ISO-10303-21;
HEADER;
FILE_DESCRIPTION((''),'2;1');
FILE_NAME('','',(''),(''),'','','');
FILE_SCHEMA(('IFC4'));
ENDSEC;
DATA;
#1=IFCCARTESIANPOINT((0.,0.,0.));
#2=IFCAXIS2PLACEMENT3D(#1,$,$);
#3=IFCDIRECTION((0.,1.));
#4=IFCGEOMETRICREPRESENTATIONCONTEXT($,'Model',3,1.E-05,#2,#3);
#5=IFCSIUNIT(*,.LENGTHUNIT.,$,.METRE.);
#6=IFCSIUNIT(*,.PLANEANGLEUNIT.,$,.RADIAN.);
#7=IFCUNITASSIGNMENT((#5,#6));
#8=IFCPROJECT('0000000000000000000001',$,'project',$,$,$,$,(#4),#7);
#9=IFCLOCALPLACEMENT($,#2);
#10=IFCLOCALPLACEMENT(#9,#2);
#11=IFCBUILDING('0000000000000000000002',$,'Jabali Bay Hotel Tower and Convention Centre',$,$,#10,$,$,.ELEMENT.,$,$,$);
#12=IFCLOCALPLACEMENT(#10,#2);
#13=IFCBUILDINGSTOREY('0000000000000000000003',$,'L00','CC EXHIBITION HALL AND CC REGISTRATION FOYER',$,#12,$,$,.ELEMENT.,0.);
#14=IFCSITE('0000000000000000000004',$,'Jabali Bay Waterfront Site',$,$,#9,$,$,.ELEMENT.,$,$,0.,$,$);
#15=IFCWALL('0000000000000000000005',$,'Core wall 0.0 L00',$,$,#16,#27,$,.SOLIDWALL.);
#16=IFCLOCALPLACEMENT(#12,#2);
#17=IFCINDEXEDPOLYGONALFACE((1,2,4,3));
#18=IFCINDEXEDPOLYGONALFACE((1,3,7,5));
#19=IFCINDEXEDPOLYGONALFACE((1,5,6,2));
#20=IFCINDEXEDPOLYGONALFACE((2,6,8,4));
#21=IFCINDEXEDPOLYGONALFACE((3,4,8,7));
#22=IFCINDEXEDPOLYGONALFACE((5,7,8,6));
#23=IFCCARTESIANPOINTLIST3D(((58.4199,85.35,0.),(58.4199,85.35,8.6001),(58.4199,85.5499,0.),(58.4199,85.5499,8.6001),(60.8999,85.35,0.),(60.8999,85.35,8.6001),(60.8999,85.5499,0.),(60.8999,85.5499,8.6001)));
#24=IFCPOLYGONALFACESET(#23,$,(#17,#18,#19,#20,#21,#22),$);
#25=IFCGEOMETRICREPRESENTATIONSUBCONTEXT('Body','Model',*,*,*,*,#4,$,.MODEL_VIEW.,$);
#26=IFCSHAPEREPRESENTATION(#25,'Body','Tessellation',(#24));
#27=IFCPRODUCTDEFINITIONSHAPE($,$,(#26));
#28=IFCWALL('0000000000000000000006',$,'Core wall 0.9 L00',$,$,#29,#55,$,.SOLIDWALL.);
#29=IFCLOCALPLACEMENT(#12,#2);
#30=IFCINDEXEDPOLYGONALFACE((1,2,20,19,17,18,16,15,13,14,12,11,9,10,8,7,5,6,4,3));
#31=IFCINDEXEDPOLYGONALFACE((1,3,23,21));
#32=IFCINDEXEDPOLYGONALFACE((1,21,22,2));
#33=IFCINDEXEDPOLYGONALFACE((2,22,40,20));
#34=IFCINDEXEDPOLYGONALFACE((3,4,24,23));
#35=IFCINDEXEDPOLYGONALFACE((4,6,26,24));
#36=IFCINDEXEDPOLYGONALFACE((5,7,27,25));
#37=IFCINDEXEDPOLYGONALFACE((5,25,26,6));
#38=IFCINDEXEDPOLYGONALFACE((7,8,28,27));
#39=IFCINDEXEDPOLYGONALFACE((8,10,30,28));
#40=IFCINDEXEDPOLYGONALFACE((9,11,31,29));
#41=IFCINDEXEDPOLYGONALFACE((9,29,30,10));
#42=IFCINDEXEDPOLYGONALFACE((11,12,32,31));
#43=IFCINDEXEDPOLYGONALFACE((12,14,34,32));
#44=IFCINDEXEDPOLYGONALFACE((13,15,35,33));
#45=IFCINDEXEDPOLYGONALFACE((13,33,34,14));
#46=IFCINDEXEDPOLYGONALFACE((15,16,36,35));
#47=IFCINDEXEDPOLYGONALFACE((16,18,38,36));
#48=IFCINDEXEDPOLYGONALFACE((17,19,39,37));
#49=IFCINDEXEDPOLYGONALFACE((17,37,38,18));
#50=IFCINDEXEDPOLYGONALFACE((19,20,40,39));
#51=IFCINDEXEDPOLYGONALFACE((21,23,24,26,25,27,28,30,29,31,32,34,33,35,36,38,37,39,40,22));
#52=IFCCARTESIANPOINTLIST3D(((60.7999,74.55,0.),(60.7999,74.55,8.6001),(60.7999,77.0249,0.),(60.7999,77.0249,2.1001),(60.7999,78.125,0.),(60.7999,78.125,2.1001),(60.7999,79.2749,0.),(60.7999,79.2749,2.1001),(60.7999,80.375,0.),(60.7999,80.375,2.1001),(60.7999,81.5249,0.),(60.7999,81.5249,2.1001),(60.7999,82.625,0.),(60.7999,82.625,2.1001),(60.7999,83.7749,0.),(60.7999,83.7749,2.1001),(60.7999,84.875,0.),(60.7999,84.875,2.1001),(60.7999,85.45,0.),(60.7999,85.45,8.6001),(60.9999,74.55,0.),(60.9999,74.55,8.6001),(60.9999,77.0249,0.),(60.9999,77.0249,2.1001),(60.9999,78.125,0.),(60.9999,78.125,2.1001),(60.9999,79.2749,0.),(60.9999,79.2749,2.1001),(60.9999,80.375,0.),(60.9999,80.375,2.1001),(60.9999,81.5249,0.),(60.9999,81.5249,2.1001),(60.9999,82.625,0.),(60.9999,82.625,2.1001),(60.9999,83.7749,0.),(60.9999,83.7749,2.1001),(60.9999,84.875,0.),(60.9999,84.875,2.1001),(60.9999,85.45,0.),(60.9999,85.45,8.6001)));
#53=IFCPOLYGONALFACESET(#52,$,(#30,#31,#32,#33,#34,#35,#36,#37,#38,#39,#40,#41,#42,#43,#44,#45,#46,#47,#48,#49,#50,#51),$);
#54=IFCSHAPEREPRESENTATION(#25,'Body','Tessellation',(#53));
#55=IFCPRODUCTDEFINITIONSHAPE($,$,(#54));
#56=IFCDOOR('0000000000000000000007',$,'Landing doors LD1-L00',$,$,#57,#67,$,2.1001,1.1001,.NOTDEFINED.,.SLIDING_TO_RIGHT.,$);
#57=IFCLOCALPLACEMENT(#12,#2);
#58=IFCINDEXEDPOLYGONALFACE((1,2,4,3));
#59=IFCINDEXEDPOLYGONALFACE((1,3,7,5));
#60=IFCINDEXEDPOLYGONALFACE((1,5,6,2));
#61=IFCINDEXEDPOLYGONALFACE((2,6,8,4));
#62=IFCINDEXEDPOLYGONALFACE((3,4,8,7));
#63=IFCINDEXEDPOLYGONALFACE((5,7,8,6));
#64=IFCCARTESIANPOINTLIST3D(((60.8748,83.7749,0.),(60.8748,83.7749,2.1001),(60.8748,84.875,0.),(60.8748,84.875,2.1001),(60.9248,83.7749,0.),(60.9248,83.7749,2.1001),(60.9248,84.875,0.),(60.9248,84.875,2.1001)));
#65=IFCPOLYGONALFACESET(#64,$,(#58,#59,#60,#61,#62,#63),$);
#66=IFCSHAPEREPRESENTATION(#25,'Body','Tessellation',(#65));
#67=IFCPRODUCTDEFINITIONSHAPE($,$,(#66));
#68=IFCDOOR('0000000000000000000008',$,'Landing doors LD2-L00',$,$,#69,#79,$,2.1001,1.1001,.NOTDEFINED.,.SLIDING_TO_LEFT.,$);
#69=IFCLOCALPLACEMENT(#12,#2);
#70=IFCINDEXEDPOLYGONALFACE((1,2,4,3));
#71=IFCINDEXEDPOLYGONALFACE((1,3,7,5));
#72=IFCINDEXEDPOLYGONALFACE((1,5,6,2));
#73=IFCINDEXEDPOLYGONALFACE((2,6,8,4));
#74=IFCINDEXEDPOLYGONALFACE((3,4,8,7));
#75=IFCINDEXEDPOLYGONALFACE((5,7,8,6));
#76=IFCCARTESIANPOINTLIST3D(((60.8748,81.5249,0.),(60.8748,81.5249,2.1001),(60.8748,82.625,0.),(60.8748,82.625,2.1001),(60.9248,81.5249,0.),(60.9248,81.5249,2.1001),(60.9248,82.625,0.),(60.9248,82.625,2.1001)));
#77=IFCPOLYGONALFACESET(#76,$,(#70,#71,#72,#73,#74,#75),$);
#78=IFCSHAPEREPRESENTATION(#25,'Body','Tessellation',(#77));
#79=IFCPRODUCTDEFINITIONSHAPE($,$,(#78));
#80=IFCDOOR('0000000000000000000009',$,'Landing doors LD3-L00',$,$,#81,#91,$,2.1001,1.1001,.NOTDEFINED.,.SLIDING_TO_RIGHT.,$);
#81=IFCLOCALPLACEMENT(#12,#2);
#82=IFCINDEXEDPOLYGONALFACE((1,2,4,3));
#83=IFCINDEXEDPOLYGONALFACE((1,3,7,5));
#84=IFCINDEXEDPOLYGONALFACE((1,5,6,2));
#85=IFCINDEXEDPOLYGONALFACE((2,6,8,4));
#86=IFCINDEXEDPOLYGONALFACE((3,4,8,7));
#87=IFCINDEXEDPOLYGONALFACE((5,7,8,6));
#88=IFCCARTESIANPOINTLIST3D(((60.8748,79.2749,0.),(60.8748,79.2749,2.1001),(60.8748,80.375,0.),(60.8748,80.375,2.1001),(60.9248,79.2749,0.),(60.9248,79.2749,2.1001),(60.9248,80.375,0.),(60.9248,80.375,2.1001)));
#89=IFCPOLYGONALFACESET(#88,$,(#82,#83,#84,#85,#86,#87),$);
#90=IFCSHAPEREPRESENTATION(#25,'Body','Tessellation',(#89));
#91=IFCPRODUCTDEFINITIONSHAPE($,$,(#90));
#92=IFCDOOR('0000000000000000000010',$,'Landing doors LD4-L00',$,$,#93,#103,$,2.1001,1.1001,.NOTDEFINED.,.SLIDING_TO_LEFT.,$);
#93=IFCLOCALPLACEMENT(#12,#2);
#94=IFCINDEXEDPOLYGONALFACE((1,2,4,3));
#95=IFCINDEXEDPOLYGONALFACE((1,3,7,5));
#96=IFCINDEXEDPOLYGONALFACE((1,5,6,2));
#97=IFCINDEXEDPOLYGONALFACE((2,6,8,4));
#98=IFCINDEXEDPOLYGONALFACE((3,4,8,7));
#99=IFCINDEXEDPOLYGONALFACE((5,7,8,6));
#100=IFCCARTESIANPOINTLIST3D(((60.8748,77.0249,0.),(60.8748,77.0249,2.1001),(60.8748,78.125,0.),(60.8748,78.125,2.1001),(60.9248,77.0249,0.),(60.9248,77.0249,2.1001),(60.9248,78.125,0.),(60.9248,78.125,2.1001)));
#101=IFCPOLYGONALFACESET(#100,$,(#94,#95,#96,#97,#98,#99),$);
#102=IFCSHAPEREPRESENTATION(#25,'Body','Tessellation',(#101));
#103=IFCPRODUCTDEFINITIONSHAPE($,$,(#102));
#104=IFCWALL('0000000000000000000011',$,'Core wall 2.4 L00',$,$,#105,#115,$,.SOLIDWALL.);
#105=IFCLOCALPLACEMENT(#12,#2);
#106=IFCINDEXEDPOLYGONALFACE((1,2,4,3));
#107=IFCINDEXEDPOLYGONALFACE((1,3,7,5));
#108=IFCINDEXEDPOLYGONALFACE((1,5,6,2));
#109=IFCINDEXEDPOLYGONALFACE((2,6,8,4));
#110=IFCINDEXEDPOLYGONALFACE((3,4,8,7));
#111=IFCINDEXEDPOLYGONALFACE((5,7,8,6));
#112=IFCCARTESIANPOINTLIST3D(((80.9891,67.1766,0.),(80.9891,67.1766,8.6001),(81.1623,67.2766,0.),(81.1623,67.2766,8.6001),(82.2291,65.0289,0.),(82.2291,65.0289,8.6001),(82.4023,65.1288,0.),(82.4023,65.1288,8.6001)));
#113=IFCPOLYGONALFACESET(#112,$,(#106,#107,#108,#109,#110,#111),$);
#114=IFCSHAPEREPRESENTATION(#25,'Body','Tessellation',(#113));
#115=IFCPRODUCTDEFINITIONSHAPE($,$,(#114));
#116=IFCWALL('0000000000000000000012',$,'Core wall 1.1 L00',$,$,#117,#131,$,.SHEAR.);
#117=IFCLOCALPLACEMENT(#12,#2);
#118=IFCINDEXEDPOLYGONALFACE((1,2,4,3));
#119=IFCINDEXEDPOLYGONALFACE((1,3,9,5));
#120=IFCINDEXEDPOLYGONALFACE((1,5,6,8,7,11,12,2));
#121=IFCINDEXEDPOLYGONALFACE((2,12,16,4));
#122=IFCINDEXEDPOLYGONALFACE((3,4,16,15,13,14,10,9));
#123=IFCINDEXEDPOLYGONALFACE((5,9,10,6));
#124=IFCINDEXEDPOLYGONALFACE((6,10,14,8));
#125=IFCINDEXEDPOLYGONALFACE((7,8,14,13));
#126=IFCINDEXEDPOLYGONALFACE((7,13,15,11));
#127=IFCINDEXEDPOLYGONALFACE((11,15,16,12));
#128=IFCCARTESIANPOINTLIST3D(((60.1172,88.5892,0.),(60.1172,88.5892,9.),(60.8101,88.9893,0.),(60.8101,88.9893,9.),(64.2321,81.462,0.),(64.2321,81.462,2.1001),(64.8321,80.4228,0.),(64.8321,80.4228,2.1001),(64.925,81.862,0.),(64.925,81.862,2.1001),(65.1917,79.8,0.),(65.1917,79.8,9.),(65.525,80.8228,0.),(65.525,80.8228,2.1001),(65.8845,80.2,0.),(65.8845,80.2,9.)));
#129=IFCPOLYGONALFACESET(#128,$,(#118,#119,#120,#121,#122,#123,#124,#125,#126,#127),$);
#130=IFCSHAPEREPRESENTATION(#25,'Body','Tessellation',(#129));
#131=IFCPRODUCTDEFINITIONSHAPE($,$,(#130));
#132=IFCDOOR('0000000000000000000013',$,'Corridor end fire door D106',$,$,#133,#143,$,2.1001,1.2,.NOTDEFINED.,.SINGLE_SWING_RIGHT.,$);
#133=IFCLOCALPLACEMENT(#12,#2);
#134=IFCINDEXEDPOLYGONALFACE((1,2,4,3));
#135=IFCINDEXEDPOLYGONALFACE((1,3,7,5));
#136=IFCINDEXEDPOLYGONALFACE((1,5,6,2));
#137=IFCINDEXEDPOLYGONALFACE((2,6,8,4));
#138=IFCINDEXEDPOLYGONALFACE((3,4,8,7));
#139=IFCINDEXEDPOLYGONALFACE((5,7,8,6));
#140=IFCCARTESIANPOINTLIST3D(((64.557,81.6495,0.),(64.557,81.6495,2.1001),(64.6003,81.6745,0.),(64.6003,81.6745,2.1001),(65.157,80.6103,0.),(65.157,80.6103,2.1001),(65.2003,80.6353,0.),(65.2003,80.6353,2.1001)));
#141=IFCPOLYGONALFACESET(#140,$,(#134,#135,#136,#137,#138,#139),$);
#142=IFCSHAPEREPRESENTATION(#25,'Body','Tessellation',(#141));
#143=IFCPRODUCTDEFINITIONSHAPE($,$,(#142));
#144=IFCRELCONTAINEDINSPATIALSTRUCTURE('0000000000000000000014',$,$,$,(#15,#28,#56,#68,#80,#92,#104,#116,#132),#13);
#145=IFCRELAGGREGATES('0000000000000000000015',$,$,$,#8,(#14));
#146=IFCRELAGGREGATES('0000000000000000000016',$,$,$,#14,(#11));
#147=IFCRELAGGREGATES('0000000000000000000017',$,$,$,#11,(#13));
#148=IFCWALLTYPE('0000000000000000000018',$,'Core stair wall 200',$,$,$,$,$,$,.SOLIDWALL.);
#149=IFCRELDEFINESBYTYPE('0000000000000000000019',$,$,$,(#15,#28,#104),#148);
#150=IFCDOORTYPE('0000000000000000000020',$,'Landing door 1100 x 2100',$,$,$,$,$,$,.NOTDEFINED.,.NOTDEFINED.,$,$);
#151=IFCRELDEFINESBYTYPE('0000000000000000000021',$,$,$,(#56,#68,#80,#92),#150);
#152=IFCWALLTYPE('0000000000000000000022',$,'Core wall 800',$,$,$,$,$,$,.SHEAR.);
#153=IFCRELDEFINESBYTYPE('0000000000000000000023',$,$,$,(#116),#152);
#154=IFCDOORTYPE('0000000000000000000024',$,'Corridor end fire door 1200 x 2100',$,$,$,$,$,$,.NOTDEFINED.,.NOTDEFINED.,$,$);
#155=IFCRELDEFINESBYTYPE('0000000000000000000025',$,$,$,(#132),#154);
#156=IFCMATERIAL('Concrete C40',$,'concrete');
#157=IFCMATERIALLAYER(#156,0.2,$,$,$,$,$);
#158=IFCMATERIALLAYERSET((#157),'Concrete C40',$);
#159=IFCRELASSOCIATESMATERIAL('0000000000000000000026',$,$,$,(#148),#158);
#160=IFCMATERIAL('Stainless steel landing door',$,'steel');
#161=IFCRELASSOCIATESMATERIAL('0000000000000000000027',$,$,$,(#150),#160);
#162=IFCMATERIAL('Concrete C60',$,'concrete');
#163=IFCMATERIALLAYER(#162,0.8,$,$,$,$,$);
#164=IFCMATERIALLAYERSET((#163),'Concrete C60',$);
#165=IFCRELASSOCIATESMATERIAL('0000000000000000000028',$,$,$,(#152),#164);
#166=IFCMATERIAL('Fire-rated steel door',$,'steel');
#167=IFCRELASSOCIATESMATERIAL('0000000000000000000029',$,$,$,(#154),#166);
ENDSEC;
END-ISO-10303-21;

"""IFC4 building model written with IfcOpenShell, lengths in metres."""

from ifc_helpers import new_model, si_unit, direction, frame, frame_2d, origin, place, context, subcontext, project, spatial, rectangle, extrude, material, layer, layer_set, type_object, element, fill, save


model = new_model("IFC4")

# Units and contexts
model_context = context("Model", 3, precision=1e-05, world=origin(), true_north=direction((0.0, 1.0)))
body_context = subcontext(model_context, "Body", "Model", "MODEL_VIEW")
ifc_project = project(units=[si_unit("LENGTHUNIT", "METRE"), si_unit("PLANEANGLEUNIT", "RADIAN")], contexts=[model_context])

# Site, building, storey
site_placement = place(None, origin())
site = spatial("IfcSite", under=ifc_project, at=site_placement, Name="Jabali Bay Waterfront Site", CompositionType="ELEMENT", RefElevation=0.0)
building_placement = place(site_placement, origin())
building = spatial("IfcBuilding", under=site, at=building_placement, Name="Jabali Bay Hotel Tower and Convention Centre", CompositionType="ELEMENT")
storey_placement = place(building_placement, origin())
storey = spatial("IfcBuildingStorey", under=building, at=storey_placement, Name="L00", Description="CC EXHIBITION HALL AND CC REGISTRATION FOYER", CompositionType="ELEMENT", Elevation=0.0)

# Wall
ifc_material_1 = material(Name="Concrete C40", Category="concrete")
ifc_layer_1 = layer(ifc_material_1, 0.2)
ifc_layer_set_1 = layer_set([ifc_layer_1], Name="Concrete C40")
wall_type_1 = type_object("IfcWallType", Name="Core stair wall 200", PredefinedType="SOLIDWALL", material=ifc_layer_set_1)
wall_1_placement = place(storey_placement, frame((60.8999, 85.45, 0.0), z_axis=(0.0, 0.0, 1.0), x_axis=(-1.0, 0.0, 0.0)))
element("IfcWall", 1, at=wall_1_placement, inside=storey, type_object=wall_type_1, Name="Core wall 0.0 L00", PredefinedType="SOLIDWALL", context=body_context, shape_type="SweptSolid", body=[
    extrude(rectangle(XDim=2.48, YDim=0.2, at=frame_2d((1.24, 0.0))), origin(), (0.0, 0.0, 1.0), 8.6001),
])

# Wall, openings, doors
wall_2_placement = place(storey_placement, frame((60.8999, 85.45, 0.0), z_axis=(0.0, 0.0, 1.0), x_axis=(0.0, -1.0, 0.0)))
wall_2 = element("IfcWall", 2, at=wall_2_placement, inside=storey, type_object=wall_type_1, Name="Core wall 0.9 L00", PredefinedType="SOLIDWALL", context=body_context, shape_type="SweptSolid", body=[
    extrude(rectangle(XDim=10.8999, YDim=0.2, at=frame_2d((5.45, 0.0))), origin(), (0.0, 0.0, 1.0), 8.6001),
])
opening_1_placement = place(wall_2_placement, frame((0.575, 0.0, 0.0)))
opening_1 = element("IfcOpeningElement", 3, at=opening_1_placement, cuts=wall_2, PredefinedType="OPENING", context=body_context, shape_type="SweptSolid", body=[
    extrude(rectangle(XDim=1.1001, YDim=2.1001, at=frame_2d((0.55, 1.05))), frame((0.0, 0.1104, 0.0), z_axis=(0.0, -1.0, 0.0), x_axis=(1.0, 0.0, 0.0)), (0.0, 0.0, 1.0), 0.2209),
])
opening_2_placement = place(wall_2_placement, frame((2.825, 0.0, 0.0)))
opening_2 = element("IfcOpeningElement", 4, at=opening_2_placement, cuts=wall_2, PredefinedType="OPENING", context=body_context, shape_type="SweptSolid", body=[
    extrude(rectangle(XDim=1.1001, YDim=2.1001, at=frame_2d((0.55, 1.05))), frame((0.0, 0.1104, 0.0), z_axis=(0.0, -1.0, 0.0), x_axis=(1.0, 0.0, 0.0)), (0.0, 0.0, 1.0), 0.2209),
])
opening_3_placement = place(wall_2_placement, frame((5.075, 0.0, 0.0)))
opening_3 = element("IfcOpeningElement", 5, at=opening_3_placement, cuts=wall_2, PredefinedType="OPENING", context=body_context, shape_type="SweptSolid", body=[
    extrude(rectangle(XDim=1.1001, YDim=2.1001, at=frame_2d((0.55, 1.05))), frame((0.0, 0.1104, 0.0), z_axis=(0.0, -1.0, 0.0), x_axis=(1.0, 0.0, 0.0)), (0.0, 0.0, 1.0), 0.2209),
])
opening_4_placement = place(wall_2_placement, frame((7.325, 0.0, 0.0)))
opening_4 = element("IfcOpeningElement", 6, at=opening_4_placement, cuts=wall_2, PredefinedType="OPENING", context=body_context, shape_type="SweptSolid", body=[
    extrude(rectangle(XDim=1.1001, YDim=2.1001, at=frame_2d((0.55, 1.05))), frame((0.0, 0.1104, 0.0), z_axis=(0.0, -1.0, 0.0), x_axis=(1.0, 0.0, 0.0)), (0.0, 0.0, 1.0), 0.2209),
])
ifc_material_2 = material(Name="Stainless steel landing door", Category="steel")
door_type_1 = type_object("IfcDoorType", Name="Landing door 1100 x 2100", OperationType="NOTDEFINED", PredefinedType="NOTDEFINED", material=ifc_material_2)
door_1_placement = place(opening_1_placement, origin())
door_1 = element("IfcDoor", 7, at=door_1_placement, inside=storey, type_object=door_type_1, Name="Landing doors LD1-L00", OperationType="SLIDING_TO_RIGHT", OverallHeight=2.1001, OverallWidth=1.1001, PredefinedType="NOTDEFINED", context=body_context, shape_type="SweptSolid", body=[
    extrude(rectangle(XDim=1.1001, YDim=2.1001, at=frame_2d((0.55, 1.05))), frame((0.0, 0.0249, 0.0), z_axis=(0.0, -1.0, 0.0), x_axis=(1.0, 0.0, 0.0)), (0.0, 0.0, 1.0), 0.05),
])
fill(opening_1, door_1)
door_2_placement = place(opening_2_placement, origin())
door_2 = element("IfcDoor", 8, at=door_2_placement, inside=storey, type_object=door_type_1, Name="Landing doors LD2-L00", OperationType="SLIDING_TO_LEFT", OverallHeight=2.1001, OverallWidth=1.1001, PredefinedType="NOTDEFINED", context=body_context, shape_type="SweptSolid", body=[
    extrude(rectangle(XDim=1.1001, YDim=2.1001, at=frame_2d((0.55, 1.05))), frame((0.0, 0.0249, 0.0), z_axis=(0.0, -1.0, 0.0), x_axis=(1.0, 0.0, 0.0)), (0.0, 0.0, 1.0), 0.05),
])
fill(opening_2, door_2)
door_3_placement = place(opening_3_placement, origin())
door_3 = element("IfcDoor", 9, at=door_3_placement, inside=storey, type_object=door_type_1, Name="Landing doors LD3-L00", OperationType="SLIDING_TO_RIGHT", OverallHeight=2.1001, OverallWidth=1.1001, PredefinedType="NOTDEFINED", context=body_context, shape_type="SweptSolid", body=[
    extrude(rectangle(XDim=1.1001, YDim=2.1001, at=frame_2d((0.55, 1.05))), frame((0.0, 0.0249, 0.0), z_axis=(0.0, -1.0, 0.0), x_axis=(1.0, 0.0, 0.0)), (0.0, 0.0, 1.0), 0.05),
])
fill(opening_3, door_3)
door_4_placement = place(opening_4_placement, origin())
door_4 = element("IfcDoor", 10, at=door_4_placement, inside=storey, type_object=door_type_1, Name="Landing doors LD4-L00", OperationType="SLIDING_TO_LEFT", OverallHeight=2.1001, OverallWidth=1.1001, PredefinedType="NOTDEFINED", context=body_context, shape_type="SweptSolid", body=[
    extrude(rectangle(XDim=1.1001, YDim=2.1001, at=frame_2d((0.55, 1.05))), frame((0.0, 0.0249, 0.0), z_axis=(0.0, -1.0, 0.0), x_axis=(1.0, 0.0, 0.0)), (0.0, 0.0, 1.0), 0.05),
])
fill(opening_4, door_4)

# Wall
wall_3_placement = place(storey_placement, frame((81.0757, 67.2266, 0.0), z_axis=(0.0, 0.0, 1.0), x_axis=(0.500004, -0.866023, 0.0)))
element("IfcWall", 11, at=wall_3_placement, inside=storey, type_object=wall_type_1, Name="Core wall 2.4 L00", PredefinedType="SOLIDWALL", context=body_context, shape_type="SweptSolid", body=[
    extrude(rectangle(XDim=2.48, YDim=0.2, at=frame_2d((1.24, 0.0))), origin(), (0.0, 0.0, 1.0), 8.6001),
])

# Wall, opening, door
ifc_material_3 = material(Name="Concrete C60", Category="concrete")
ifc_layer_2 = layer(ifc_material_3, 0.8)
ifc_layer_set_2 = layer_set([ifc_layer_2], Name="Concrete C60")
wall_type_2 = type_object("IfcWallType", Name="Core wall 800", PredefinedType="SHEAR", material=ifc_layer_set_2)
wall_4_placement = place(storey_placement, frame((65.5381, 80.0, 0.0), z_axis=(0.0, 0.0, 1.0), x_axis=(-0.499997, 0.866027, 0.0)))
wall_4 = element("IfcWall", 12, at=wall_4_placement, inside=storey, type_object=wall_type_2, Name="Core wall 1.1 L00", PredefinedType="SHEAR", context=body_context, shape_type="SweptSolid", body=[
    extrude(rectangle(XDim=10.1489, YDim=0.8, at=frame_2d((5.0745, 0.0))), origin(), (0.0, 0.0, 1.0), 9.0),
])
opening_5_placement = place(wall_4_placement, frame((0.719, 0.0, 0.0)))
opening_5 = element("IfcOpeningElement", 13, at=opening_5_placement, cuts=wall_4, PredefinedType="OPENING", context=body_context, shape_type="SweptSolid", body=[
    extrude(rectangle(XDim=1.2, YDim=2.1001, at=frame_2d((0.6001, 1.05))), frame((0.0, 0.4106, 0.0), z_axis=(0.0, -1.0, 0.0), x_axis=(1.0, 0.0, 0.0)), (0.0, 0.0, 1.0), 0.821),
])
ifc_material_4 = material(Name="Fire-rated steel door", Category="steel")
door_type_2 = type_object("IfcDoorType", Name="Corridor end fire door 1200 x 2100", OperationType="NOTDEFINED", PredefinedType="NOTDEFINED", material=ifc_material_4)
door_5_placement = place(opening_5_placement, origin())
door_5 = element("IfcDoor", 14, at=door_5_placement, inside=storey, type_object=door_type_2, Name="Corridor end fire door D106", OperationType="SINGLE_SWING_RIGHT", OverallHeight=2.1001, OverallWidth=1.2, PredefinedType="NOTDEFINED", context=body_context, shape_type="SweptSolid", body=[
    extrude(rectangle(XDim=1.2, YDim=2.1001, at=frame_2d((0.6001, 1.05))), frame((0.0, 0.0249, 0.0), z_axis=(0.0, -1.0, 0.0), x_axis=(1.0, 0.0, 0.0)), (0.0, 0.0, 1.0), 0.05),
])
fill(opening_5, door_5)

save(model, "model.ifc")
